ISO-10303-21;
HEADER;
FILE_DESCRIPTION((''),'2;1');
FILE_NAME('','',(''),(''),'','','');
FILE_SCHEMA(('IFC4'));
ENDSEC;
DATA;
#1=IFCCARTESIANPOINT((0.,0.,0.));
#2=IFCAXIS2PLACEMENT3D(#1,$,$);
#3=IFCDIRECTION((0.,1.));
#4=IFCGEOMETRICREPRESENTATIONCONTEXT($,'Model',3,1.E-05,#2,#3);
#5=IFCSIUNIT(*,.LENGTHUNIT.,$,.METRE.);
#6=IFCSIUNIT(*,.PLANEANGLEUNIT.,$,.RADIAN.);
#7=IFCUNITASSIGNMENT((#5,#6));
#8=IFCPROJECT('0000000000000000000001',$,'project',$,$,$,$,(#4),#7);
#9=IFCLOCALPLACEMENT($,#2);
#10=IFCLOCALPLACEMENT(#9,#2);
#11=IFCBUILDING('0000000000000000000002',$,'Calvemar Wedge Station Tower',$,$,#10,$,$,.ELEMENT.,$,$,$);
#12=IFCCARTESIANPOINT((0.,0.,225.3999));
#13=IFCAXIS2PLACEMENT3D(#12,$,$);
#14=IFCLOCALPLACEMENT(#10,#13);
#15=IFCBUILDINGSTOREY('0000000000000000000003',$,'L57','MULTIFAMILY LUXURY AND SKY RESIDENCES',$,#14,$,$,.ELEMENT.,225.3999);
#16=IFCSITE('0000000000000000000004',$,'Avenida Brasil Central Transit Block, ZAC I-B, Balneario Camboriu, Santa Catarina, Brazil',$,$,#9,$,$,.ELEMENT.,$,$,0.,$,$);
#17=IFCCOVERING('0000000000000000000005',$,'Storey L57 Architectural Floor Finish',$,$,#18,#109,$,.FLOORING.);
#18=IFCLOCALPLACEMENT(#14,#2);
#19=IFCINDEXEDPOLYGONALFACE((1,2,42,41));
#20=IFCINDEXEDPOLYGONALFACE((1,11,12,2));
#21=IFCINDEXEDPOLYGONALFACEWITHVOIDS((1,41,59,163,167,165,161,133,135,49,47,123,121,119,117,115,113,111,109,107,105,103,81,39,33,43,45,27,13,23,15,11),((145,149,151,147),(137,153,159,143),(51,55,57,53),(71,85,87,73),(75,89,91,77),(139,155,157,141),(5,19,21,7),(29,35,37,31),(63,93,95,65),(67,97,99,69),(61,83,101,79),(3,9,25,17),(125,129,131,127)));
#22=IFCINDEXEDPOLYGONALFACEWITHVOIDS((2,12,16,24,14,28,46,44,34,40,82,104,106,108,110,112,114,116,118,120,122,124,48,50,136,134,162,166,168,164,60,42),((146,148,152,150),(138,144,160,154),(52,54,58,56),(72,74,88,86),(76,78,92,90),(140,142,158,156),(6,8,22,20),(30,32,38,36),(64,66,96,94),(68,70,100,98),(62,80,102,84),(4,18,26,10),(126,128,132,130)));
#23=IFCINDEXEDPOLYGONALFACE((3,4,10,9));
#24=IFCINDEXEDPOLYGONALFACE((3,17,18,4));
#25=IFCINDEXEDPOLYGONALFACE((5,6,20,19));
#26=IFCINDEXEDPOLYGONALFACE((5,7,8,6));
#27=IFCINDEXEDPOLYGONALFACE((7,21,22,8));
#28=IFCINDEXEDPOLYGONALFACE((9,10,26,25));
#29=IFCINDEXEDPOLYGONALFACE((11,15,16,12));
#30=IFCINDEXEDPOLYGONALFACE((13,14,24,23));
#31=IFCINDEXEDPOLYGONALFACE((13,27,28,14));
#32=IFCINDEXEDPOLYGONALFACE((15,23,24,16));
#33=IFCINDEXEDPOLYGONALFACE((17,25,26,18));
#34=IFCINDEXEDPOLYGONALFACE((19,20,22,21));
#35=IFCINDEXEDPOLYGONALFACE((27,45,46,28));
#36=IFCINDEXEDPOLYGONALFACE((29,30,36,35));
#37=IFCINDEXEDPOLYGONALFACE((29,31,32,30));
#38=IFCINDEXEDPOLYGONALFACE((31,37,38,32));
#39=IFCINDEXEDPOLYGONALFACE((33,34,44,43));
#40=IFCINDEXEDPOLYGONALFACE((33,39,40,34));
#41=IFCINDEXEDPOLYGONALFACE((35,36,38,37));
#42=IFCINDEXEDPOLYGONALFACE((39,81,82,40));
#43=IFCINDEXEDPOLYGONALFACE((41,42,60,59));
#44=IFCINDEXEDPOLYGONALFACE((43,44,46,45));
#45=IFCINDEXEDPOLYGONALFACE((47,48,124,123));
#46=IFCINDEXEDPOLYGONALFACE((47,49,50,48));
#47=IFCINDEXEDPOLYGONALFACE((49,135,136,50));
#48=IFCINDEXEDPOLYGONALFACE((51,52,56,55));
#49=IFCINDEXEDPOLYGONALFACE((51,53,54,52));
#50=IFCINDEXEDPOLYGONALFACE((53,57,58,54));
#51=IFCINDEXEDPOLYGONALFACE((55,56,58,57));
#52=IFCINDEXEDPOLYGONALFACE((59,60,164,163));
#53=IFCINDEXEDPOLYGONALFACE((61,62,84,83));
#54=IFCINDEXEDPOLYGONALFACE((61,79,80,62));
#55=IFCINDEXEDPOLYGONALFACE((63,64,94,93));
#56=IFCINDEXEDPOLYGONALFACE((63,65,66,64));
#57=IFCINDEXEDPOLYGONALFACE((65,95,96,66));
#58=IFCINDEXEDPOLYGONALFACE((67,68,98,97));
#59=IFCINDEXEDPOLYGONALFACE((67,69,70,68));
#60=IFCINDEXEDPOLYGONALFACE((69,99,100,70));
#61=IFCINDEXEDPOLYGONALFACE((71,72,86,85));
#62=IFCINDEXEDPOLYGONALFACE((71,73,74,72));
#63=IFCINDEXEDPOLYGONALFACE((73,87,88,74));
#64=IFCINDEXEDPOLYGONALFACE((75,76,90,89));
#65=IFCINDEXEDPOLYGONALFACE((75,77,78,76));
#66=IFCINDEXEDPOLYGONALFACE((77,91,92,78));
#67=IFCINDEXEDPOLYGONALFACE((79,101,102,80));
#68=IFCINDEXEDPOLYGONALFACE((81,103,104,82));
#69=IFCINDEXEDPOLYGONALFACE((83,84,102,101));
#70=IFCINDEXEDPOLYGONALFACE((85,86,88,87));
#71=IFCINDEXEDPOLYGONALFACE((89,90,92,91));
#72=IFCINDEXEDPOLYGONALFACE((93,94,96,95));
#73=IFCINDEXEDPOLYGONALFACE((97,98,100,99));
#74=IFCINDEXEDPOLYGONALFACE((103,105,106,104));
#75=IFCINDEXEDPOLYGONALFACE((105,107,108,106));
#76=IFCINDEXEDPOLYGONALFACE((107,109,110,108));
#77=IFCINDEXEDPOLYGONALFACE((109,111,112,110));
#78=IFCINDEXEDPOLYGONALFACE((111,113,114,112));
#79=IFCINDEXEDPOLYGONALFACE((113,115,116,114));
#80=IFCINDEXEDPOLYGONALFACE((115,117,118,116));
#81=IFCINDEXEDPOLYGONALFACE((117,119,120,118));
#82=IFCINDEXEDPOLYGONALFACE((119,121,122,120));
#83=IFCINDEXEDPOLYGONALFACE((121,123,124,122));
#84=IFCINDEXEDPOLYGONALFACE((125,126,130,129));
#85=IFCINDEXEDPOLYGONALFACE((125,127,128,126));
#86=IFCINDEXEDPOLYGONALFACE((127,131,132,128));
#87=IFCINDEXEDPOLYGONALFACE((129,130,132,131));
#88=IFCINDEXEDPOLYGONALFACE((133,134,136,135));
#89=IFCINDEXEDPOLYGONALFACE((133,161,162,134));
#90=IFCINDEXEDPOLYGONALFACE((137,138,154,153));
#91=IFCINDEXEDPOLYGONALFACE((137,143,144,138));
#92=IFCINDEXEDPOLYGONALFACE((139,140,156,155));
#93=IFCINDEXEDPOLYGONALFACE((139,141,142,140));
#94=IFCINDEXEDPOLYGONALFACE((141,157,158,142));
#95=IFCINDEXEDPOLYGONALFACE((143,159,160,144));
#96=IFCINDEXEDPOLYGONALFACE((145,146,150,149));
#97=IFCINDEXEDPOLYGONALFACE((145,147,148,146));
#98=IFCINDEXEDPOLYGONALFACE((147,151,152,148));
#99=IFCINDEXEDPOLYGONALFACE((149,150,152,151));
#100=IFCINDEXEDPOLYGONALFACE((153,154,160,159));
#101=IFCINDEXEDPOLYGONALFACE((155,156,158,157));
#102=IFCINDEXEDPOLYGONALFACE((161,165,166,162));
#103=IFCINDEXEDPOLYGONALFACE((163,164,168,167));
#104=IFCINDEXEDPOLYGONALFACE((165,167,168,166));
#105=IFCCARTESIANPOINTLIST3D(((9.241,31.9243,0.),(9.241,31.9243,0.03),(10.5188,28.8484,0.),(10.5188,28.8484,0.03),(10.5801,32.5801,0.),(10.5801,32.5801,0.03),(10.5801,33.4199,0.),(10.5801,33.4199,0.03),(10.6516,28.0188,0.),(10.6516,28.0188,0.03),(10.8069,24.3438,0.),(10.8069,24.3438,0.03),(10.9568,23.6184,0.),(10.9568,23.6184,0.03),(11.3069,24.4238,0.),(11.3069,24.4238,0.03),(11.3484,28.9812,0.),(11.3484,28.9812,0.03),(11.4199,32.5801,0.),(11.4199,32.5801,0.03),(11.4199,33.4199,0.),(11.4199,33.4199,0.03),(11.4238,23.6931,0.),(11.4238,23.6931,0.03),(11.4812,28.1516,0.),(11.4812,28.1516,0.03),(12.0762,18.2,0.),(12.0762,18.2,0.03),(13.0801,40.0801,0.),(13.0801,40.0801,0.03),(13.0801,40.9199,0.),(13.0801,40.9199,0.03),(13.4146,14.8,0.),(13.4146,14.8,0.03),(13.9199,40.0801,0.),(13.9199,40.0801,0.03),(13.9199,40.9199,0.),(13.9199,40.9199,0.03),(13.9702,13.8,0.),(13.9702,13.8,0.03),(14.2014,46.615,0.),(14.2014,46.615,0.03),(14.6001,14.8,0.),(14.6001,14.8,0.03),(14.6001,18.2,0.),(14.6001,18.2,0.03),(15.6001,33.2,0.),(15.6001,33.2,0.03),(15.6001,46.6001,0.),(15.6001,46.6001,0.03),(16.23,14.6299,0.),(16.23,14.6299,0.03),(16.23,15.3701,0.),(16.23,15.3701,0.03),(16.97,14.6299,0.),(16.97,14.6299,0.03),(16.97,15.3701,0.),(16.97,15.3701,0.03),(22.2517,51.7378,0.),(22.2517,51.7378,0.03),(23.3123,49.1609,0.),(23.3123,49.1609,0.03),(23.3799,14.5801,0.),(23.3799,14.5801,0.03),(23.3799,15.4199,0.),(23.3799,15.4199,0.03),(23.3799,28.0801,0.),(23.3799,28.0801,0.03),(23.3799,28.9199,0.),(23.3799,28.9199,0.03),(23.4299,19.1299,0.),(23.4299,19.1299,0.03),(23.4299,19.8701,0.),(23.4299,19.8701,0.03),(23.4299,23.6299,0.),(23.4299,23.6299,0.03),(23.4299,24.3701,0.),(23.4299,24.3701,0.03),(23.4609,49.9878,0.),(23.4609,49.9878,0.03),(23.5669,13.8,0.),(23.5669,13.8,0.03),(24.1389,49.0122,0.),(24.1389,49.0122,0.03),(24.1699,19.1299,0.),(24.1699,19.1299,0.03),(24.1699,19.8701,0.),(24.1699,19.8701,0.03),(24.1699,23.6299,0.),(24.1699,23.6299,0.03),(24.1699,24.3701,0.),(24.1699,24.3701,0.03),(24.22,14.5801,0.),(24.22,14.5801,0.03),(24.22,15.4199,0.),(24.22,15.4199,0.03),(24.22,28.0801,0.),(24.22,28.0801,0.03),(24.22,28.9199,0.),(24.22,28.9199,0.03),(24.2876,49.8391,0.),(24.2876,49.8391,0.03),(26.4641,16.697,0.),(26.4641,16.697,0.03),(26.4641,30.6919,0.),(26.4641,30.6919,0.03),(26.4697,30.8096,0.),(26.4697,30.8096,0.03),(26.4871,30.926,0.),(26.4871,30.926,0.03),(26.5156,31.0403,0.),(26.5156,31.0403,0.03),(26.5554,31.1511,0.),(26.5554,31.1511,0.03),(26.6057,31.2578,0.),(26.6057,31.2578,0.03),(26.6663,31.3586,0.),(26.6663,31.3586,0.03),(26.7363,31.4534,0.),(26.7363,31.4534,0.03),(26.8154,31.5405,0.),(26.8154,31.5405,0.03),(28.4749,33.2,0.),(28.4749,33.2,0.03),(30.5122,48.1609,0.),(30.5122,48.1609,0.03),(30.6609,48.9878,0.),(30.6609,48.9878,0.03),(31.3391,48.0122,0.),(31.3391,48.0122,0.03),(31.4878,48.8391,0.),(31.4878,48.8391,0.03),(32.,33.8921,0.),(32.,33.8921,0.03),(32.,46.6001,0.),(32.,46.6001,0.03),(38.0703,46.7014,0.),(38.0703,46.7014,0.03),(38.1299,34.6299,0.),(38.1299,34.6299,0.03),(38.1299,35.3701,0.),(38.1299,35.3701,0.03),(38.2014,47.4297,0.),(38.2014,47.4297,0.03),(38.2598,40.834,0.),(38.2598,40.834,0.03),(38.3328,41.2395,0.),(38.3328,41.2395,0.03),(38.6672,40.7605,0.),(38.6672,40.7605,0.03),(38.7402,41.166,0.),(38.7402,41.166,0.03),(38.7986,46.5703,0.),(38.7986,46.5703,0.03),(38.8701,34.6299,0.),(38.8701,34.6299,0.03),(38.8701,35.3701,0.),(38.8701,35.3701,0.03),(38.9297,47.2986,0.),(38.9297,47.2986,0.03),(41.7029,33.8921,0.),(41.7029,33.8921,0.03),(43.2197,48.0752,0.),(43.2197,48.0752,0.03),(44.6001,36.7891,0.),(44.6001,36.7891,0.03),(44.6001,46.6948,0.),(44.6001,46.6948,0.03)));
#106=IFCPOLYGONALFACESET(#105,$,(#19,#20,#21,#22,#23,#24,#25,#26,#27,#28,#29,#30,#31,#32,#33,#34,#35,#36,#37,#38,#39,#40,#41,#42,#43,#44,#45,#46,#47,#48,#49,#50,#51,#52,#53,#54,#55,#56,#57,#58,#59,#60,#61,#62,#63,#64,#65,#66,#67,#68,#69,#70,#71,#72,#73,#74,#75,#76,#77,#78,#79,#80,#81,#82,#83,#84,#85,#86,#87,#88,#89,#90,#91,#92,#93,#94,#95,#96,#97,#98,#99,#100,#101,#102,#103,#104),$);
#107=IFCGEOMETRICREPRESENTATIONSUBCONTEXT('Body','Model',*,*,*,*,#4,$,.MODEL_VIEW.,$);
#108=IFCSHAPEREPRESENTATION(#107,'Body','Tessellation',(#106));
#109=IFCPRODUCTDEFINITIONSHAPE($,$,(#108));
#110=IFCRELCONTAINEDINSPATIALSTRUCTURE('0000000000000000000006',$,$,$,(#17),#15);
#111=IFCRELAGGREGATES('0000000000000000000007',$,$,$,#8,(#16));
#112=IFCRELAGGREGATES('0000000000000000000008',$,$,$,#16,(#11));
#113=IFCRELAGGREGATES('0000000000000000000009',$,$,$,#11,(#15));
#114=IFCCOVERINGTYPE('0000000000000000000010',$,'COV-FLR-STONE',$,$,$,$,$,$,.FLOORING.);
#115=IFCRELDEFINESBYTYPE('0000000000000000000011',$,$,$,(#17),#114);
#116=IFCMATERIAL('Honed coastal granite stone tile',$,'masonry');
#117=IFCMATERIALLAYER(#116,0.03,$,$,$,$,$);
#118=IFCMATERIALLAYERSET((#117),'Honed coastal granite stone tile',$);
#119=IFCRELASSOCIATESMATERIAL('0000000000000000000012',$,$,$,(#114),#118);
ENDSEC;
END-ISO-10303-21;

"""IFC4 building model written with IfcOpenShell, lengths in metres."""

from ifc_helpers import new_model, si_unit, direction, frame, origin, place, context, subcontext, project, spatial, polyline, outline, extrude, material, layer, layer_set, type_object, element, save


model = new_model("IFC4")

# Units and contexts
model_context = context("Model", 3, precision=1e-05, world=origin(), true_north=direction((0.0, 1.0)))
body_context = subcontext(model_context, "Body", "Model", "MODEL_VIEW")
ifc_project = project(units=[si_unit("LENGTHUNIT", "METRE"), si_unit("PLANEANGLEUNIT", "RADIAN")], contexts=[model_context])

# Site, building, storey
site_placement = place(None, origin())
site = spatial("IfcSite", under=ifc_project, at=site_placement, Name="Avenida Brasil Central Transit Block, ZAC I-B, Balneario Camboriu, Santa Catarina, Brazil", CompositionType="ELEMENT", RefElevation=0.0)
building_placement = place(site_placement, origin())
building = spatial("IfcBuilding", under=site, at=building_placement, Name="Calvemar Wedge Station Tower", CompositionType="ELEMENT")
storey_placement = place(building_placement, frame((0.0, 0.0, 225.3999)))
storey = spatial("IfcBuildingStorey", under=building, at=storey_placement, Name="L57", Description="MULTIFAMILY LUXURY AND SKY RESIDENCES", CompositionType="ELEMENT", Elevation=225.3999)

# Covering
ifc_material_1 = material(Name="Honed coastal granite stone tile", Category="masonry")
ifc_layer_1 = layer(ifc_material_1, 0.03)
ifc_layer_set_1 = layer_set([ifc_layer_1], Name="Honed coastal granite stone tile")
covering_type_1 = type_object("IfcCoveringType", Name="COV-FLR-STONE", PredefinedType="FLOORING", material=ifc_layer_set_1)
covering_1_placement = place(storey_placement, origin())
element("IfcCovering", 1, at=covering_1_placement, inside=storey, type_object=covering_type_1, Name="Storey L57 Architectural Floor Finish", PredefinedType="FLOORING", context=body_context, shape_type="SweptSolid", body=[
    extrude(outline(polyline([(26.6663, 31.3586), (26.7363, 31.4534), (26.8154, 31.5405), (28.4749, 33.2), (15.6001, 33.2), (15.6001, 46.6001), (32.0, 46.6001), (32.0, 33.8921), (41.7029, 33.8921), (44.6001, 36.7891), (44.6001, 46.6948), (43.2197, 48.0752), (22.2517, 51.7378), (14.2014, 46.615), (9.241, 31.9243), (10.8069, 24.3438), (11.3069, 24.4238), (11.4238, 23.6931), (10.9568, 23.6184), (12.0762, 18.2), (14.6001, 18.2), (14.6001, 14.8), (13.4146, 14.8), (13.9702, 13.8), (23.5669, 13.8), (26.4641, 16.697), (26.4641, 30.6919), (26.4697, 30.8096), (26.4871, 30.926), (26.5156, 31.0403), (26.5554, 31.1511), (26.6057, 31.2578), (26.6663, 31.3586)]), holes=[polyline([(11.4199, 33.4199), (11.4199, 32.5801), (10.5801, 32.5801), (10.5801, 33.4199), (11.4199, 33.4199)]), polyline([(13.9199, 40.0801), (13.0801, 40.0801), (13.0801, 40.9199), (13.9199, 40.9199), (13.9199, 40.0801)]), polyline([(23.3123, 49.1609), (23.4609, 49.9878), (24.2876, 49.8391), (24.1389, 49.0122), (23.3123, 49.1609)]), polyline([(30.6609, 48.9878), (31.4878, 48.8391), (31.3391, 48.0122), (30.5122, 48.1609), (30.6609, 48.9878)]), polyline([(38.9297, 47.2986), (38.7986, 46.5703), (38.0703, 46.7014), (38.2014, 47.4297), (38.9297, 47.2986)]), polyline([(38.8701, 34.6299), (38.1299, 34.6299), (38.1299, 35.3701), (38.8701, 35.3701), (38.8701, 34.6299)]), polyline([(38.2598, 40.834), (38.3328, 41.2395), (38.7402, 41.166), (38.6672, 40.7605), (38.2598, 40.834)]), polyline([(11.3484, 28.9812), (11.4812, 28.1516), (10.6516, 28.0188), (10.5188, 28.8484), (11.3484, 28.9812)]), polyline([(24.22, 28.0801), (23.3799, 28.0801), (23.3799, 28.9199), (24.22, 28.9199), (24.22, 28.0801)]), polyline([(23.4299, 23.6299), (23.4299, 24.3701), (24.1699, 24.3701), (24.1699, 23.6299), (23.4299, 23.6299)]), polyline([(23.4299, 19.8701), (24.1699, 19.8701), (24.1699, 19.1299), (23.4299, 19.1299), (23.4299, 19.8701)]), polyline([(24.22, 15.4199), (24.22, 14.5801), (23.3799, 14.5801), (23.3799, 15.4199), (24.22, 15.4199)]), polyline([(16.97, 14.6299), (16.23, 14.6299), (16.23, 15.3701), (16.97, 15.3701), (16.97, 14.6299)])]), origin(), (0.0, 0.0, 1.0), 0.03),
])

save(model, "model.ifc")
